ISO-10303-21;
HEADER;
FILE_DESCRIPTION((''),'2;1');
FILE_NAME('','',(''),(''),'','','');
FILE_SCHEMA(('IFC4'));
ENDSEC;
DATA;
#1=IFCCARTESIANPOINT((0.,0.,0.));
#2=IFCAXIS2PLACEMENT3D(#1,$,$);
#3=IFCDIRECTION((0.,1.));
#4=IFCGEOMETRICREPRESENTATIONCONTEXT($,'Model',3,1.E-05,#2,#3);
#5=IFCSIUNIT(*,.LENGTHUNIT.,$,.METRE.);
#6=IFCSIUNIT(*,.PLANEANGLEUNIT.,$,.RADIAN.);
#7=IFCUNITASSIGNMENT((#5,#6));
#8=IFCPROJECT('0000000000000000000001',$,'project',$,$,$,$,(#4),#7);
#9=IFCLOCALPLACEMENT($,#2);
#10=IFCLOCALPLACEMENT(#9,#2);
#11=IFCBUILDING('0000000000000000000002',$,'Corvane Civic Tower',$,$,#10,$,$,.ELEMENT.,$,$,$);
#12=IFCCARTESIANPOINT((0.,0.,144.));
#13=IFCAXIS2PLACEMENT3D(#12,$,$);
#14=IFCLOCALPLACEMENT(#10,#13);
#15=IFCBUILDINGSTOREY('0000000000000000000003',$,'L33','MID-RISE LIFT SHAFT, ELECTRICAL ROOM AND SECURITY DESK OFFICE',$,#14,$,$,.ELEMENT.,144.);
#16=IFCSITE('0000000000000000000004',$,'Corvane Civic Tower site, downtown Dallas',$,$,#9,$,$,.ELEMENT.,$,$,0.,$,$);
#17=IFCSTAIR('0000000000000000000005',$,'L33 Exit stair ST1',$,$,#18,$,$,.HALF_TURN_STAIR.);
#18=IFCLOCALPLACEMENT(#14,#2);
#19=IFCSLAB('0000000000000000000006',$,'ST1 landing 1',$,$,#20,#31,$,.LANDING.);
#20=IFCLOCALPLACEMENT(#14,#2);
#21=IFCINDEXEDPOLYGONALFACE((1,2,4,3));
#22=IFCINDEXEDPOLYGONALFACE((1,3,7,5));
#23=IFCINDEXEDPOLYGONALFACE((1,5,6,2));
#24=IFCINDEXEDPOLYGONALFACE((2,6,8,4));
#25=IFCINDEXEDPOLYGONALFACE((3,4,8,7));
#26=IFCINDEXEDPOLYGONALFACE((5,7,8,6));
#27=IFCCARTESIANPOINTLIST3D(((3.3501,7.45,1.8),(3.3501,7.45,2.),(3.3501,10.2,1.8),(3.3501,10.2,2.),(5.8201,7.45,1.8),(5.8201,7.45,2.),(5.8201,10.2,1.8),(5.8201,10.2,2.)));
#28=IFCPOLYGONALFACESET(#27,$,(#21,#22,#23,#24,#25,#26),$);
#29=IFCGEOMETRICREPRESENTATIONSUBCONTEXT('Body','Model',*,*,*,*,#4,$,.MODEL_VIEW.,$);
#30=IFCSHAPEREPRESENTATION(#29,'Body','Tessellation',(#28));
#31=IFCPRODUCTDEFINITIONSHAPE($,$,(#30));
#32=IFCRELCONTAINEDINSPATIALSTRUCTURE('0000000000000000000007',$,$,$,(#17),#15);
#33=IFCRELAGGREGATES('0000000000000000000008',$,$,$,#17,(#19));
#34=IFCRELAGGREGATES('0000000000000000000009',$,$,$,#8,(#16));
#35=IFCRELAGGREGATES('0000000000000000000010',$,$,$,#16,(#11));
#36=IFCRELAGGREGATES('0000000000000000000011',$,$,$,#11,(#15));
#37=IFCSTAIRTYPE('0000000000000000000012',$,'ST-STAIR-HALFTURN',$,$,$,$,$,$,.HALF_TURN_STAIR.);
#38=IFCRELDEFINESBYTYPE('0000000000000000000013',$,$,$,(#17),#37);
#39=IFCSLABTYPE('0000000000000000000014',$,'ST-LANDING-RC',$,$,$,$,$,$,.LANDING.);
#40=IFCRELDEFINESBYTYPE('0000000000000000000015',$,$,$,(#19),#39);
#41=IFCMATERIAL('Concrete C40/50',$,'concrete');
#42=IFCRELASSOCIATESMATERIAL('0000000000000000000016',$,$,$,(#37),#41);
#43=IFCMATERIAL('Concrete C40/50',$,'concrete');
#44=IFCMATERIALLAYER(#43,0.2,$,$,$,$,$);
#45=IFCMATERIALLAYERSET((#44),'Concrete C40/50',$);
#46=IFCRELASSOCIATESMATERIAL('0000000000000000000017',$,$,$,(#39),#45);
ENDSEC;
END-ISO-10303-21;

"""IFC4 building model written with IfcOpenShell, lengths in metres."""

from ifc_helpers import new_model, si_unit, direction, frame, origin, place, context, subcontext, project, spatial, polyline, outline, extrude, material, layer, layer_set, type_object, element, aggregate, save


model = new_model("IFC4")

# Units and contexts
model_context = context("Model", 3, precision=1e-05, world=origin(), true_north=direction((0.0, 1.0)))
body_context = subcontext(model_context, "Body", "Model", "MODEL_VIEW")
ifc_project = project(units=[si_unit("LENGTHUNIT", "METRE"), si_unit("PLANEANGLEUNIT", "RADIAN")], contexts=[model_context])

# Site, building, storey
site_placement = place(None, origin())
site = spatial("IfcSite", under=ifc_project, at=site_placement, Name="Corvane Civic Tower site, downtown Dallas", CompositionType="ELEMENT", RefElevation=0.0)
building_placement = place(site_placement, origin())
building = spatial("IfcBuilding", under=site, at=building_placement, Name="Corvane Civic Tower", CompositionType="ELEMENT")
storey_placement = place(building_placement, frame((0.0, 0.0, 144.0)))
storey = spatial("IfcBuildingStorey", under=building, at=storey_placement, Name="L33", Description="MID-RISE LIFT SHAFT, ELECTRICAL ROOM AND SECURITY DESK OFFICE", CompositionType="ELEMENT", Elevation=144.0)

# Stair, slab
ifc_material_1 = material(Name="Concrete C40/50", Category="concrete")
stair_type = type_object("IfcStairType", Name="ST-STAIR-HALFTURN", PredefinedType="HALF_TURN_STAIR", material=ifc_material_1)
stair_1_placement = place(storey_placement, origin())
stair_1 = element("IfcStair", 1, at=stair_1_placement, inside=storey, type_object=stair_type, Name="L33 Exit stair ST1", PredefinedType="HALF_TURN_STAIR")
ifc_material_2 = material(Name="Concrete C40/50", Category="concrete")
ifc_layer_1 = layer(ifc_material_2, 0.2)
ifc_layer_set_1 = layer_set([ifc_layer_1], Name="Concrete C40/50")
slab_type_1 = type_object("IfcSlabType", Name="ST-LANDING-RC", PredefinedType="LANDING", material=ifc_layer_set_1)
slab_1_placement = place(storey_placement, frame((0.0, 0.0, 1.8)))
slab_1 = element("IfcSlab", 2, at=slab_1_placement, type_object=slab_type_1, Name="ST1 landing 1", PredefinedType="LANDING", context=body_context, shape_type="SweptSolid", body=[
    extrude(outline(polyline([(5.8201, 10.2), (3.3501, 10.2), (3.3501, 7.45), (5.8201, 7.45), (5.8201, 10.2)])), origin(), (0.0, 0.0, 1.0), 0.2),
])
aggregate(stair_1, [slab_1])

save(model, "model.ifc")
